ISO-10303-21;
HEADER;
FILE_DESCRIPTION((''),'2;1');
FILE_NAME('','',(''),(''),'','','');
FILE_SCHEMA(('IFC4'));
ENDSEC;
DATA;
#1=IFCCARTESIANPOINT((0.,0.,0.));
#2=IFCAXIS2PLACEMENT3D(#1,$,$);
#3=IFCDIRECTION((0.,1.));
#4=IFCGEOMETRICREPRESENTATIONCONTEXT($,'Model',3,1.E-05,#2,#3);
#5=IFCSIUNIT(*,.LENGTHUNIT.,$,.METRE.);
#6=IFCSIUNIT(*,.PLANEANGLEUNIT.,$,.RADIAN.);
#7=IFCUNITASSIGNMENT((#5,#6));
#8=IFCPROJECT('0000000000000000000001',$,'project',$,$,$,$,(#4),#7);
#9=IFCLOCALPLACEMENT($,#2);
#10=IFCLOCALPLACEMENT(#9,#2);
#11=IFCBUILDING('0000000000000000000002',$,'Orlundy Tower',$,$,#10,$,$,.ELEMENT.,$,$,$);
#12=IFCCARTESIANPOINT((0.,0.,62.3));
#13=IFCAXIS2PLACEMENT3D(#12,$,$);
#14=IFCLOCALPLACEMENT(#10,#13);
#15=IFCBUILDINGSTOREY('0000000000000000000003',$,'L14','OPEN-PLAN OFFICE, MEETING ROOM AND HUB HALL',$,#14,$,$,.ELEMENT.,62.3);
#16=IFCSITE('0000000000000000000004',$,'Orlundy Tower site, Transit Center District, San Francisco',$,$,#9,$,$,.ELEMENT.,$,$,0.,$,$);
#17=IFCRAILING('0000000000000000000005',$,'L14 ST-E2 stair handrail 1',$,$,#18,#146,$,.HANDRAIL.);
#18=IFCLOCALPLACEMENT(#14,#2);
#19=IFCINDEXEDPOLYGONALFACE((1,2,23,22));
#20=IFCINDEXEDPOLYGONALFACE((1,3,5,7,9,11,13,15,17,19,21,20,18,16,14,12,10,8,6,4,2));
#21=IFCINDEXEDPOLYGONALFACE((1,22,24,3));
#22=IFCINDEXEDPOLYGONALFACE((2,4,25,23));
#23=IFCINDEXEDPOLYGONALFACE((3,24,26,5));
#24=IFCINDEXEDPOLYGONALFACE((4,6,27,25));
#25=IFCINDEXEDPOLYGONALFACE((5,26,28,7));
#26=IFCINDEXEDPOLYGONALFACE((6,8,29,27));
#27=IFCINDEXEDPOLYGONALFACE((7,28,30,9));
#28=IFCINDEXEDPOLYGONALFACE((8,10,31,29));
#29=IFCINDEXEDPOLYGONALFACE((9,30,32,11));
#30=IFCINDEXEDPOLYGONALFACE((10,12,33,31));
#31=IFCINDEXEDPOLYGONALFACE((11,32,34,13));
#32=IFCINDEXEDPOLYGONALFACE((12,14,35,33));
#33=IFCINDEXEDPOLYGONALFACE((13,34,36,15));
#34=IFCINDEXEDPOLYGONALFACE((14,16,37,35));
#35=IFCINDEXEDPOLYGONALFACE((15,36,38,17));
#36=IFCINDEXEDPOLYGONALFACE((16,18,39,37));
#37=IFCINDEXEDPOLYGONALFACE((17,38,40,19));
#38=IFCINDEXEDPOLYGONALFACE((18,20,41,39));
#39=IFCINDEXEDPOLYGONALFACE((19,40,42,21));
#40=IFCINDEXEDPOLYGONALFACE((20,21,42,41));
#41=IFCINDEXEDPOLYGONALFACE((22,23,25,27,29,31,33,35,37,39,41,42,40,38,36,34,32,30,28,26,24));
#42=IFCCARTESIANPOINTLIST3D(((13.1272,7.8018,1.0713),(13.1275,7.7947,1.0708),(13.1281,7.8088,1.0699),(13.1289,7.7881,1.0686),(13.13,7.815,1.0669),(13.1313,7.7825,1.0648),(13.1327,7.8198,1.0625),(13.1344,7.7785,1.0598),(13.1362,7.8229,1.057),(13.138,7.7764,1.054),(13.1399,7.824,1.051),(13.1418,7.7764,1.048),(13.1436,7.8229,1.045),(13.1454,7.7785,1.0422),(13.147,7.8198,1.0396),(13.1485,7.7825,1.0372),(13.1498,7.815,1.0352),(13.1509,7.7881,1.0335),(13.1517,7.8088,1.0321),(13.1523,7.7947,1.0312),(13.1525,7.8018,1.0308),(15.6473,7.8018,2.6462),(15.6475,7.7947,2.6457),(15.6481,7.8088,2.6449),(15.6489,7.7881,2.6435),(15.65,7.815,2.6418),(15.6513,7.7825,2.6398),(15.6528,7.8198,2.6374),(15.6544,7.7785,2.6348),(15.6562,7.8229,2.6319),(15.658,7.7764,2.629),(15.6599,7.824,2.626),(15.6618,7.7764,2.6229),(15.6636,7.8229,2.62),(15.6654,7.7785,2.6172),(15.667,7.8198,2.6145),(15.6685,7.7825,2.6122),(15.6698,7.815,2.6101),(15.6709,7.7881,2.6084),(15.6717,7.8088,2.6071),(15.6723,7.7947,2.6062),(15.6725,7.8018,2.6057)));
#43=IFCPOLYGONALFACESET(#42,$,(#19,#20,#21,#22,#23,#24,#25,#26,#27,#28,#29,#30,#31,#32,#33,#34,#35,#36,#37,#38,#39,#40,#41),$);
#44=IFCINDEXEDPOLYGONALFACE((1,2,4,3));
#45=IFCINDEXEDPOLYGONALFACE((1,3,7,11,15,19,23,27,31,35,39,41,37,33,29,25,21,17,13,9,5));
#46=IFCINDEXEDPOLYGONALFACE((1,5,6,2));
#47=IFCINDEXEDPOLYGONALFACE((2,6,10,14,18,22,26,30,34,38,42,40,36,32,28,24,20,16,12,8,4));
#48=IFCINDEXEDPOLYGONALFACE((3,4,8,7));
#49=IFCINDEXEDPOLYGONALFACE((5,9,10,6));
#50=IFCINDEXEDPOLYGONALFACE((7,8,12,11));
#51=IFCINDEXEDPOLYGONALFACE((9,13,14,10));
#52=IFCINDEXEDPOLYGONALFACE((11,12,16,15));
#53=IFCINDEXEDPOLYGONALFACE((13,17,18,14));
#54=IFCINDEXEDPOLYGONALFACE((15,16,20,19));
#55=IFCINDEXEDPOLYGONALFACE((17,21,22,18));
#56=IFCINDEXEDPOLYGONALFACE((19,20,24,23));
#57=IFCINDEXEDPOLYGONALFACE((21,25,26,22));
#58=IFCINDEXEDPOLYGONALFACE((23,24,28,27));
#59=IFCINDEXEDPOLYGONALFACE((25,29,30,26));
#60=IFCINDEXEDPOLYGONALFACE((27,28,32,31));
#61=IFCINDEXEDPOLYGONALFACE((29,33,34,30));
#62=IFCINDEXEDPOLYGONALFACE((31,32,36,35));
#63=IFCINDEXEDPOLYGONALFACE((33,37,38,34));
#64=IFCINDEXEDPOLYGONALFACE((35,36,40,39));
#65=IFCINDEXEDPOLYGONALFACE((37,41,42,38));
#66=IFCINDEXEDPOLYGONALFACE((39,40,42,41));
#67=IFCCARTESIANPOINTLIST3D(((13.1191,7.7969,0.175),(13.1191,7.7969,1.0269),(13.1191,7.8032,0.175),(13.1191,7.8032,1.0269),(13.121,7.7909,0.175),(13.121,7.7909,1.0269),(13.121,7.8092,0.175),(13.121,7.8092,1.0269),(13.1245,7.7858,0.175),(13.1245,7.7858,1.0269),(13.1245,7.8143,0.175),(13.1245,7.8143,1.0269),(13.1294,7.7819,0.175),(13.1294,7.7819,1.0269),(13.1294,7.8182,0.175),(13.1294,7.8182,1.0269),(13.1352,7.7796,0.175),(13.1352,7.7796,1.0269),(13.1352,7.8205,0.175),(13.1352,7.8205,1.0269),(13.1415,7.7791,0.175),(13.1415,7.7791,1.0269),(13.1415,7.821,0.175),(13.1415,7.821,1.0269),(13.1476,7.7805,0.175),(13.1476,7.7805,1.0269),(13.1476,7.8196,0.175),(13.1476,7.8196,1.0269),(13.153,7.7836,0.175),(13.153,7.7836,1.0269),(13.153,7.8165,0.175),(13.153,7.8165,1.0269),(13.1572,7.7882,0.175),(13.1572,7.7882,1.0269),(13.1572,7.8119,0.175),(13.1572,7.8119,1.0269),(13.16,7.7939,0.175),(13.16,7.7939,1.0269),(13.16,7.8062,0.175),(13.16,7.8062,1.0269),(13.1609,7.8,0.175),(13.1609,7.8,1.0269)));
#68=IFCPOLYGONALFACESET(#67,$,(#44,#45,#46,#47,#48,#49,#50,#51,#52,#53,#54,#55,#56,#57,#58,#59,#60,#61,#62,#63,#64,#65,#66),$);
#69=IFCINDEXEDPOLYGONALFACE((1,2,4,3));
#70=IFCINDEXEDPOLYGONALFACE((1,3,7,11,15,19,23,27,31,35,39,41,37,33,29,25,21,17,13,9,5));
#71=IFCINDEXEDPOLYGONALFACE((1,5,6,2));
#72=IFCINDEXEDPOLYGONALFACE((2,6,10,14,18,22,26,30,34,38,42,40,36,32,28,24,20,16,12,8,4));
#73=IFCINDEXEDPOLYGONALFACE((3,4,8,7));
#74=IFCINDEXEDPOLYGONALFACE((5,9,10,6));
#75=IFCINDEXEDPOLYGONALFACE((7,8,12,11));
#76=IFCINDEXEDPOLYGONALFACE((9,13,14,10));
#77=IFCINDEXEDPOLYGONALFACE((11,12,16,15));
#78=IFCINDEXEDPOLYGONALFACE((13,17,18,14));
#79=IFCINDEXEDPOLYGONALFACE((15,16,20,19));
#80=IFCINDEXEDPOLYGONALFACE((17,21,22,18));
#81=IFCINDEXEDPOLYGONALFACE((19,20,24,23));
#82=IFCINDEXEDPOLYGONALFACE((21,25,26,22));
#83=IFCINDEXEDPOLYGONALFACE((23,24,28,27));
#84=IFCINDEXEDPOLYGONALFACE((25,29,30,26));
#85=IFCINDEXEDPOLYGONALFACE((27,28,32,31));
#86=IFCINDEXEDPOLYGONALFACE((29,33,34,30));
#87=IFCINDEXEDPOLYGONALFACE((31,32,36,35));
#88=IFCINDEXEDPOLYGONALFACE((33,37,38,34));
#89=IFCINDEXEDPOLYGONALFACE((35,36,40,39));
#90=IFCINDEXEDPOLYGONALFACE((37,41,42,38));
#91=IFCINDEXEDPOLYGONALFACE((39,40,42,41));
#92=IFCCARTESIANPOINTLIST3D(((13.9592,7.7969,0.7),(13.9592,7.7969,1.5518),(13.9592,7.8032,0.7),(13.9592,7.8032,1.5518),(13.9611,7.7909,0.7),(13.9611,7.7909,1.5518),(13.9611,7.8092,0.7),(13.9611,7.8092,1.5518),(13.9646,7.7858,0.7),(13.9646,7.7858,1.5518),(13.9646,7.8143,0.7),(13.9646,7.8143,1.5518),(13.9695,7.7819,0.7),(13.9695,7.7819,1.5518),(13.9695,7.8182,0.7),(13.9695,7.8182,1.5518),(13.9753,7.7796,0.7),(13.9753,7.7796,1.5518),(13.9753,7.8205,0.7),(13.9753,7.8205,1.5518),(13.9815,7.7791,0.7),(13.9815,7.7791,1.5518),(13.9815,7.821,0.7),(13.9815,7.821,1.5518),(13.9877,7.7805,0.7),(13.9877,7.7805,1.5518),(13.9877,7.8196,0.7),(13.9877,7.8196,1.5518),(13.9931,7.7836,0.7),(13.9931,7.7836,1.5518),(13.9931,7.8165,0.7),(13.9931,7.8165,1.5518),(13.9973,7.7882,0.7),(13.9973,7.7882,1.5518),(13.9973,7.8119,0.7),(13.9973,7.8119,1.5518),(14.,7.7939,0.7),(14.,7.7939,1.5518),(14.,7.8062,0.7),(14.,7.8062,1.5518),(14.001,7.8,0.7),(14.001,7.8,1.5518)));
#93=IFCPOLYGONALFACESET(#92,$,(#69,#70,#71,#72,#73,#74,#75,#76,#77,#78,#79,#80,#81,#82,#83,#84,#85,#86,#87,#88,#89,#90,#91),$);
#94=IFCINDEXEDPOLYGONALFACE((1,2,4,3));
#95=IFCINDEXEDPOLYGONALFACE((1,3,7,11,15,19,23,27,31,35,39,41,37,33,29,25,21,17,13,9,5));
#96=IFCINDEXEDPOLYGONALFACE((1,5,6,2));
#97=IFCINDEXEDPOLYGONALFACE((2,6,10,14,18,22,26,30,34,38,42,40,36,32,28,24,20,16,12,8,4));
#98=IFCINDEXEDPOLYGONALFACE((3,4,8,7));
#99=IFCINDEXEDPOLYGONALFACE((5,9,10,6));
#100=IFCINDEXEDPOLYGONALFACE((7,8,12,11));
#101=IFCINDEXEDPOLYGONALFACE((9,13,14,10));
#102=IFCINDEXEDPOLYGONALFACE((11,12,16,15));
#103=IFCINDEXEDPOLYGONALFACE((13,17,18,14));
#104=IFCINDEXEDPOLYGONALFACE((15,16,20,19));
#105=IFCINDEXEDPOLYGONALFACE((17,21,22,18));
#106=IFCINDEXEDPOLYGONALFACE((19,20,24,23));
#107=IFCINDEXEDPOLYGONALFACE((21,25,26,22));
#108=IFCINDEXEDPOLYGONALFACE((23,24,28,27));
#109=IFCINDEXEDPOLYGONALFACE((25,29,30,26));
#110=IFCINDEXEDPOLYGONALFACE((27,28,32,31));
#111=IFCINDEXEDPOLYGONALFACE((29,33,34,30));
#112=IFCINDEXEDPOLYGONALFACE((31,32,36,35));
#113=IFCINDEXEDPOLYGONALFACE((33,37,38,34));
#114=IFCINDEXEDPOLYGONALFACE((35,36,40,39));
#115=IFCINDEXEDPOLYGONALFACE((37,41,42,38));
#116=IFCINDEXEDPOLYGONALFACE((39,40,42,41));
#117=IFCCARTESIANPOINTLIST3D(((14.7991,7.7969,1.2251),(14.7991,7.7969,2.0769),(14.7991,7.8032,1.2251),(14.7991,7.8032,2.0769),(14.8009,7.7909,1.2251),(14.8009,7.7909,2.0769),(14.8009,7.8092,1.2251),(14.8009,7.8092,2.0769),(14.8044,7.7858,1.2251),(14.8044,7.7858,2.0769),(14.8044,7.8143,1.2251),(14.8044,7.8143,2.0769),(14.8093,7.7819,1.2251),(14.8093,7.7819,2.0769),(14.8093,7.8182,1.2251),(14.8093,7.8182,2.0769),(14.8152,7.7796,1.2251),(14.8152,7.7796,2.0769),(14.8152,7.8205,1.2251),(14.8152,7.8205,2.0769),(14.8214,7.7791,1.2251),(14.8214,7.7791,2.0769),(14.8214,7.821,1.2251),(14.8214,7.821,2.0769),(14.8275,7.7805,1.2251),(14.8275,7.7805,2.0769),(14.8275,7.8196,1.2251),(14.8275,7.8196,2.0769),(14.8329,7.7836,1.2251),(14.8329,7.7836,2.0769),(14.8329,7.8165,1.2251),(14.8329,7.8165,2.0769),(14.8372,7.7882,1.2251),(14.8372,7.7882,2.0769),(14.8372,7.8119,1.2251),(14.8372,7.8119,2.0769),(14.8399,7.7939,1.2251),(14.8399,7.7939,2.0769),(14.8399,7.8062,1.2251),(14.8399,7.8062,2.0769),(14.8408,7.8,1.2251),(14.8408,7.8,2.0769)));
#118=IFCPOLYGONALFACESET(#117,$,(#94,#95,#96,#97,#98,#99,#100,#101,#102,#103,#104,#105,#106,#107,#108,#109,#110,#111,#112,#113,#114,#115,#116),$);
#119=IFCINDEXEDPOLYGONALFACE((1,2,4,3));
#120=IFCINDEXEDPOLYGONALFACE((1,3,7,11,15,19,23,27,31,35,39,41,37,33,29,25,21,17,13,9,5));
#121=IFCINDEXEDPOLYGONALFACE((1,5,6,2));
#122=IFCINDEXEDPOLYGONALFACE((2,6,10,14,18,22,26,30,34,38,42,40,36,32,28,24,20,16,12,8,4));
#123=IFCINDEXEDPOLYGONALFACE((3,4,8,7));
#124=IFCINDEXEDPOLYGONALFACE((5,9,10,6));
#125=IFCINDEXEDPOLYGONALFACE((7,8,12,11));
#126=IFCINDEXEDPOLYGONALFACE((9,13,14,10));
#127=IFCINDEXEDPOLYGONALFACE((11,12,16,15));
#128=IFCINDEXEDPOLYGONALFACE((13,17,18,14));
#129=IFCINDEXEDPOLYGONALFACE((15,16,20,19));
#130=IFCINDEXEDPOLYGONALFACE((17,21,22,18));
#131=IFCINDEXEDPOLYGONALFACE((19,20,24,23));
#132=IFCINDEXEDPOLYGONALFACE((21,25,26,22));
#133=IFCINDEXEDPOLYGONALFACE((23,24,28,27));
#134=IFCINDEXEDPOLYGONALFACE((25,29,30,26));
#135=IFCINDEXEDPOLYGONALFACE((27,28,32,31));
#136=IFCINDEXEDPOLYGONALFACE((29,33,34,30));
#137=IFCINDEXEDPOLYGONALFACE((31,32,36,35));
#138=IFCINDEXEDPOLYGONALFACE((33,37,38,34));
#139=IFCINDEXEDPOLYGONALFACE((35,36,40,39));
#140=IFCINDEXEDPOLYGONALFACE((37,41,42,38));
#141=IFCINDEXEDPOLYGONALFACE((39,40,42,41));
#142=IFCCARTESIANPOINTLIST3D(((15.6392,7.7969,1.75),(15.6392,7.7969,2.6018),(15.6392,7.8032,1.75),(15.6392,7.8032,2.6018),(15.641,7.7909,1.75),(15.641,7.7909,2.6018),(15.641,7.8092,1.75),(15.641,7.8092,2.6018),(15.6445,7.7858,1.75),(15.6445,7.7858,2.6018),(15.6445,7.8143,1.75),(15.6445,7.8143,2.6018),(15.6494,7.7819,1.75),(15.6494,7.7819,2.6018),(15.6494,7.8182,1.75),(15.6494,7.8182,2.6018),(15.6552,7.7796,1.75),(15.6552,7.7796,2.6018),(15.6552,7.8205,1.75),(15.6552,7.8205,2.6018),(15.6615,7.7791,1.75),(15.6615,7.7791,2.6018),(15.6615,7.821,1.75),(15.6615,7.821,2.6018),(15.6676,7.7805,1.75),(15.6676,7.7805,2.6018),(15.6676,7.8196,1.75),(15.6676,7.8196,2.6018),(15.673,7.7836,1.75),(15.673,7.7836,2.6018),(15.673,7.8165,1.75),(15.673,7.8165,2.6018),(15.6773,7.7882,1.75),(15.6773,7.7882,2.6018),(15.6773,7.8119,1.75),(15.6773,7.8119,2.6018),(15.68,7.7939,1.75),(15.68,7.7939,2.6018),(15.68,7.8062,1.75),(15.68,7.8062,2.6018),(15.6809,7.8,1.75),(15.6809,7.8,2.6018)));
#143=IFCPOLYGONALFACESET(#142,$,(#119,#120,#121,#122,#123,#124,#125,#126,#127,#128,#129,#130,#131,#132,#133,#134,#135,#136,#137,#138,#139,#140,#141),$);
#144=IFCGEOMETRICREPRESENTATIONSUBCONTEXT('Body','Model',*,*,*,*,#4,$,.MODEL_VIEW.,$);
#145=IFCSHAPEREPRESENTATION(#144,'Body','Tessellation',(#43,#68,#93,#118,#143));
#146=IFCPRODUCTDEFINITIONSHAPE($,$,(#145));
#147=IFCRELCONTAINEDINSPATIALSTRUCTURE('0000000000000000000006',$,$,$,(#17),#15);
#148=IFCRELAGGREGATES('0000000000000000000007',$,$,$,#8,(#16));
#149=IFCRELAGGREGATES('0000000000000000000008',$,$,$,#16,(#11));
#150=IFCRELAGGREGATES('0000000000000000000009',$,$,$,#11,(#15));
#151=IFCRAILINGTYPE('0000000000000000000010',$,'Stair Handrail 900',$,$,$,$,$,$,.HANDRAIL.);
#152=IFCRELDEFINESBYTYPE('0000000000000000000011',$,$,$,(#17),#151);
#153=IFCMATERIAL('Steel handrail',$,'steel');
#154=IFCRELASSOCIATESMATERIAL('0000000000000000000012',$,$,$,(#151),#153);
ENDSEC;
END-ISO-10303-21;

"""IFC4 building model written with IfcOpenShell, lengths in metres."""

from ifc_helpers import new_model, si_unit, direction, frame, origin, origin_2d, place, context, subcontext, project, spatial, circle, extrude, material, type_object, element, save


model = new_model("IFC4")

# Units and contexts
model_context = context("Model", 3, precision=1e-05, world=origin(), true_north=direction((0.0, 1.0)))
body_context = subcontext(model_context, "Body", "Model", "MODEL_VIEW")
ifc_project = project(units=[si_unit("LENGTHUNIT", "METRE"), si_unit("PLANEANGLEUNIT", "RADIAN")], contexts=[model_context])

# Site, building, storey
site_placement = place(None, origin())
site = spatial("IfcSite", under=ifc_project, at=site_placement, Name="Orlundy Tower site, Transit Center District, San Francisco", CompositionType="ELEMENT", RefElevation=0.0)
building_placement = place(site_placement, origin())
building = spatial("IfcBuilding", under=site, at=building_placement, Name="Orlundy Tower", CompositionType="ELEMENT")
storey_placement = place(building_placement, frame((0.0, 0.0, 62.3)))
storey = spatial("IfcBuildingStorey", under=building, at=storey_placement, Name="L14", Description="OPEN-PLAN OFFICE, MEETING ROOM AND HUB HALL", CompositionType="ELEMENT", Elevation=62.3)

# Railing
ifc_material_1 = material(Name="Steel handrail", Category="steel")
railing_type_1 = type_object("IfcRailingType", Name="Stair Handrail 900", PredefinedType="HANDRAIL", material=ifc_material_1)
railing_1_placement = place(storey_placement, frame((13.1399, 7.8, 0.175)))
element("IfcRailing", 1, at=railing_1_placement, inside=storey, type_object=railing_type_1, Name="L14 ST-E2 stair handrail 1", PredefinedType="HANDRAIL", context=body_context, shape_type="SweptSolid", body=[
    extrude(circle(Radius=0.0239, at=origin_2d()), frame((0.0, 0.0, 0.876), z_axis=(0.848008, 0.0, 0.529984), x_axis=(0.0, 1.0, 0.0)), (0.0, 0.0, 1.0), 2.9717),
    extrude(circle(Radius=0.021, at=origin_2d()), origin(), (0.0, 0.0, 1.0), 0.8518),
    extrude(circle(Radius=0.021, at=origin_2d()), frame((0.8401, 0.0, 0.5249)), (0.0, 0.0, 1.0), 0.8518),
    extrude(circle(Radius=0.021, at=origin_2d()), frame((1.6799, 0.0, 1.05)), (0.0, 0.0, 1.0), 0.8518),
    extrude(circle(Radius=0.021, at=origin_2d()), frame((2.52, 0.0, 1.575)), (0.0, 0.0, 1.0), 0.8518),
])

save(model, "model.ifc")
